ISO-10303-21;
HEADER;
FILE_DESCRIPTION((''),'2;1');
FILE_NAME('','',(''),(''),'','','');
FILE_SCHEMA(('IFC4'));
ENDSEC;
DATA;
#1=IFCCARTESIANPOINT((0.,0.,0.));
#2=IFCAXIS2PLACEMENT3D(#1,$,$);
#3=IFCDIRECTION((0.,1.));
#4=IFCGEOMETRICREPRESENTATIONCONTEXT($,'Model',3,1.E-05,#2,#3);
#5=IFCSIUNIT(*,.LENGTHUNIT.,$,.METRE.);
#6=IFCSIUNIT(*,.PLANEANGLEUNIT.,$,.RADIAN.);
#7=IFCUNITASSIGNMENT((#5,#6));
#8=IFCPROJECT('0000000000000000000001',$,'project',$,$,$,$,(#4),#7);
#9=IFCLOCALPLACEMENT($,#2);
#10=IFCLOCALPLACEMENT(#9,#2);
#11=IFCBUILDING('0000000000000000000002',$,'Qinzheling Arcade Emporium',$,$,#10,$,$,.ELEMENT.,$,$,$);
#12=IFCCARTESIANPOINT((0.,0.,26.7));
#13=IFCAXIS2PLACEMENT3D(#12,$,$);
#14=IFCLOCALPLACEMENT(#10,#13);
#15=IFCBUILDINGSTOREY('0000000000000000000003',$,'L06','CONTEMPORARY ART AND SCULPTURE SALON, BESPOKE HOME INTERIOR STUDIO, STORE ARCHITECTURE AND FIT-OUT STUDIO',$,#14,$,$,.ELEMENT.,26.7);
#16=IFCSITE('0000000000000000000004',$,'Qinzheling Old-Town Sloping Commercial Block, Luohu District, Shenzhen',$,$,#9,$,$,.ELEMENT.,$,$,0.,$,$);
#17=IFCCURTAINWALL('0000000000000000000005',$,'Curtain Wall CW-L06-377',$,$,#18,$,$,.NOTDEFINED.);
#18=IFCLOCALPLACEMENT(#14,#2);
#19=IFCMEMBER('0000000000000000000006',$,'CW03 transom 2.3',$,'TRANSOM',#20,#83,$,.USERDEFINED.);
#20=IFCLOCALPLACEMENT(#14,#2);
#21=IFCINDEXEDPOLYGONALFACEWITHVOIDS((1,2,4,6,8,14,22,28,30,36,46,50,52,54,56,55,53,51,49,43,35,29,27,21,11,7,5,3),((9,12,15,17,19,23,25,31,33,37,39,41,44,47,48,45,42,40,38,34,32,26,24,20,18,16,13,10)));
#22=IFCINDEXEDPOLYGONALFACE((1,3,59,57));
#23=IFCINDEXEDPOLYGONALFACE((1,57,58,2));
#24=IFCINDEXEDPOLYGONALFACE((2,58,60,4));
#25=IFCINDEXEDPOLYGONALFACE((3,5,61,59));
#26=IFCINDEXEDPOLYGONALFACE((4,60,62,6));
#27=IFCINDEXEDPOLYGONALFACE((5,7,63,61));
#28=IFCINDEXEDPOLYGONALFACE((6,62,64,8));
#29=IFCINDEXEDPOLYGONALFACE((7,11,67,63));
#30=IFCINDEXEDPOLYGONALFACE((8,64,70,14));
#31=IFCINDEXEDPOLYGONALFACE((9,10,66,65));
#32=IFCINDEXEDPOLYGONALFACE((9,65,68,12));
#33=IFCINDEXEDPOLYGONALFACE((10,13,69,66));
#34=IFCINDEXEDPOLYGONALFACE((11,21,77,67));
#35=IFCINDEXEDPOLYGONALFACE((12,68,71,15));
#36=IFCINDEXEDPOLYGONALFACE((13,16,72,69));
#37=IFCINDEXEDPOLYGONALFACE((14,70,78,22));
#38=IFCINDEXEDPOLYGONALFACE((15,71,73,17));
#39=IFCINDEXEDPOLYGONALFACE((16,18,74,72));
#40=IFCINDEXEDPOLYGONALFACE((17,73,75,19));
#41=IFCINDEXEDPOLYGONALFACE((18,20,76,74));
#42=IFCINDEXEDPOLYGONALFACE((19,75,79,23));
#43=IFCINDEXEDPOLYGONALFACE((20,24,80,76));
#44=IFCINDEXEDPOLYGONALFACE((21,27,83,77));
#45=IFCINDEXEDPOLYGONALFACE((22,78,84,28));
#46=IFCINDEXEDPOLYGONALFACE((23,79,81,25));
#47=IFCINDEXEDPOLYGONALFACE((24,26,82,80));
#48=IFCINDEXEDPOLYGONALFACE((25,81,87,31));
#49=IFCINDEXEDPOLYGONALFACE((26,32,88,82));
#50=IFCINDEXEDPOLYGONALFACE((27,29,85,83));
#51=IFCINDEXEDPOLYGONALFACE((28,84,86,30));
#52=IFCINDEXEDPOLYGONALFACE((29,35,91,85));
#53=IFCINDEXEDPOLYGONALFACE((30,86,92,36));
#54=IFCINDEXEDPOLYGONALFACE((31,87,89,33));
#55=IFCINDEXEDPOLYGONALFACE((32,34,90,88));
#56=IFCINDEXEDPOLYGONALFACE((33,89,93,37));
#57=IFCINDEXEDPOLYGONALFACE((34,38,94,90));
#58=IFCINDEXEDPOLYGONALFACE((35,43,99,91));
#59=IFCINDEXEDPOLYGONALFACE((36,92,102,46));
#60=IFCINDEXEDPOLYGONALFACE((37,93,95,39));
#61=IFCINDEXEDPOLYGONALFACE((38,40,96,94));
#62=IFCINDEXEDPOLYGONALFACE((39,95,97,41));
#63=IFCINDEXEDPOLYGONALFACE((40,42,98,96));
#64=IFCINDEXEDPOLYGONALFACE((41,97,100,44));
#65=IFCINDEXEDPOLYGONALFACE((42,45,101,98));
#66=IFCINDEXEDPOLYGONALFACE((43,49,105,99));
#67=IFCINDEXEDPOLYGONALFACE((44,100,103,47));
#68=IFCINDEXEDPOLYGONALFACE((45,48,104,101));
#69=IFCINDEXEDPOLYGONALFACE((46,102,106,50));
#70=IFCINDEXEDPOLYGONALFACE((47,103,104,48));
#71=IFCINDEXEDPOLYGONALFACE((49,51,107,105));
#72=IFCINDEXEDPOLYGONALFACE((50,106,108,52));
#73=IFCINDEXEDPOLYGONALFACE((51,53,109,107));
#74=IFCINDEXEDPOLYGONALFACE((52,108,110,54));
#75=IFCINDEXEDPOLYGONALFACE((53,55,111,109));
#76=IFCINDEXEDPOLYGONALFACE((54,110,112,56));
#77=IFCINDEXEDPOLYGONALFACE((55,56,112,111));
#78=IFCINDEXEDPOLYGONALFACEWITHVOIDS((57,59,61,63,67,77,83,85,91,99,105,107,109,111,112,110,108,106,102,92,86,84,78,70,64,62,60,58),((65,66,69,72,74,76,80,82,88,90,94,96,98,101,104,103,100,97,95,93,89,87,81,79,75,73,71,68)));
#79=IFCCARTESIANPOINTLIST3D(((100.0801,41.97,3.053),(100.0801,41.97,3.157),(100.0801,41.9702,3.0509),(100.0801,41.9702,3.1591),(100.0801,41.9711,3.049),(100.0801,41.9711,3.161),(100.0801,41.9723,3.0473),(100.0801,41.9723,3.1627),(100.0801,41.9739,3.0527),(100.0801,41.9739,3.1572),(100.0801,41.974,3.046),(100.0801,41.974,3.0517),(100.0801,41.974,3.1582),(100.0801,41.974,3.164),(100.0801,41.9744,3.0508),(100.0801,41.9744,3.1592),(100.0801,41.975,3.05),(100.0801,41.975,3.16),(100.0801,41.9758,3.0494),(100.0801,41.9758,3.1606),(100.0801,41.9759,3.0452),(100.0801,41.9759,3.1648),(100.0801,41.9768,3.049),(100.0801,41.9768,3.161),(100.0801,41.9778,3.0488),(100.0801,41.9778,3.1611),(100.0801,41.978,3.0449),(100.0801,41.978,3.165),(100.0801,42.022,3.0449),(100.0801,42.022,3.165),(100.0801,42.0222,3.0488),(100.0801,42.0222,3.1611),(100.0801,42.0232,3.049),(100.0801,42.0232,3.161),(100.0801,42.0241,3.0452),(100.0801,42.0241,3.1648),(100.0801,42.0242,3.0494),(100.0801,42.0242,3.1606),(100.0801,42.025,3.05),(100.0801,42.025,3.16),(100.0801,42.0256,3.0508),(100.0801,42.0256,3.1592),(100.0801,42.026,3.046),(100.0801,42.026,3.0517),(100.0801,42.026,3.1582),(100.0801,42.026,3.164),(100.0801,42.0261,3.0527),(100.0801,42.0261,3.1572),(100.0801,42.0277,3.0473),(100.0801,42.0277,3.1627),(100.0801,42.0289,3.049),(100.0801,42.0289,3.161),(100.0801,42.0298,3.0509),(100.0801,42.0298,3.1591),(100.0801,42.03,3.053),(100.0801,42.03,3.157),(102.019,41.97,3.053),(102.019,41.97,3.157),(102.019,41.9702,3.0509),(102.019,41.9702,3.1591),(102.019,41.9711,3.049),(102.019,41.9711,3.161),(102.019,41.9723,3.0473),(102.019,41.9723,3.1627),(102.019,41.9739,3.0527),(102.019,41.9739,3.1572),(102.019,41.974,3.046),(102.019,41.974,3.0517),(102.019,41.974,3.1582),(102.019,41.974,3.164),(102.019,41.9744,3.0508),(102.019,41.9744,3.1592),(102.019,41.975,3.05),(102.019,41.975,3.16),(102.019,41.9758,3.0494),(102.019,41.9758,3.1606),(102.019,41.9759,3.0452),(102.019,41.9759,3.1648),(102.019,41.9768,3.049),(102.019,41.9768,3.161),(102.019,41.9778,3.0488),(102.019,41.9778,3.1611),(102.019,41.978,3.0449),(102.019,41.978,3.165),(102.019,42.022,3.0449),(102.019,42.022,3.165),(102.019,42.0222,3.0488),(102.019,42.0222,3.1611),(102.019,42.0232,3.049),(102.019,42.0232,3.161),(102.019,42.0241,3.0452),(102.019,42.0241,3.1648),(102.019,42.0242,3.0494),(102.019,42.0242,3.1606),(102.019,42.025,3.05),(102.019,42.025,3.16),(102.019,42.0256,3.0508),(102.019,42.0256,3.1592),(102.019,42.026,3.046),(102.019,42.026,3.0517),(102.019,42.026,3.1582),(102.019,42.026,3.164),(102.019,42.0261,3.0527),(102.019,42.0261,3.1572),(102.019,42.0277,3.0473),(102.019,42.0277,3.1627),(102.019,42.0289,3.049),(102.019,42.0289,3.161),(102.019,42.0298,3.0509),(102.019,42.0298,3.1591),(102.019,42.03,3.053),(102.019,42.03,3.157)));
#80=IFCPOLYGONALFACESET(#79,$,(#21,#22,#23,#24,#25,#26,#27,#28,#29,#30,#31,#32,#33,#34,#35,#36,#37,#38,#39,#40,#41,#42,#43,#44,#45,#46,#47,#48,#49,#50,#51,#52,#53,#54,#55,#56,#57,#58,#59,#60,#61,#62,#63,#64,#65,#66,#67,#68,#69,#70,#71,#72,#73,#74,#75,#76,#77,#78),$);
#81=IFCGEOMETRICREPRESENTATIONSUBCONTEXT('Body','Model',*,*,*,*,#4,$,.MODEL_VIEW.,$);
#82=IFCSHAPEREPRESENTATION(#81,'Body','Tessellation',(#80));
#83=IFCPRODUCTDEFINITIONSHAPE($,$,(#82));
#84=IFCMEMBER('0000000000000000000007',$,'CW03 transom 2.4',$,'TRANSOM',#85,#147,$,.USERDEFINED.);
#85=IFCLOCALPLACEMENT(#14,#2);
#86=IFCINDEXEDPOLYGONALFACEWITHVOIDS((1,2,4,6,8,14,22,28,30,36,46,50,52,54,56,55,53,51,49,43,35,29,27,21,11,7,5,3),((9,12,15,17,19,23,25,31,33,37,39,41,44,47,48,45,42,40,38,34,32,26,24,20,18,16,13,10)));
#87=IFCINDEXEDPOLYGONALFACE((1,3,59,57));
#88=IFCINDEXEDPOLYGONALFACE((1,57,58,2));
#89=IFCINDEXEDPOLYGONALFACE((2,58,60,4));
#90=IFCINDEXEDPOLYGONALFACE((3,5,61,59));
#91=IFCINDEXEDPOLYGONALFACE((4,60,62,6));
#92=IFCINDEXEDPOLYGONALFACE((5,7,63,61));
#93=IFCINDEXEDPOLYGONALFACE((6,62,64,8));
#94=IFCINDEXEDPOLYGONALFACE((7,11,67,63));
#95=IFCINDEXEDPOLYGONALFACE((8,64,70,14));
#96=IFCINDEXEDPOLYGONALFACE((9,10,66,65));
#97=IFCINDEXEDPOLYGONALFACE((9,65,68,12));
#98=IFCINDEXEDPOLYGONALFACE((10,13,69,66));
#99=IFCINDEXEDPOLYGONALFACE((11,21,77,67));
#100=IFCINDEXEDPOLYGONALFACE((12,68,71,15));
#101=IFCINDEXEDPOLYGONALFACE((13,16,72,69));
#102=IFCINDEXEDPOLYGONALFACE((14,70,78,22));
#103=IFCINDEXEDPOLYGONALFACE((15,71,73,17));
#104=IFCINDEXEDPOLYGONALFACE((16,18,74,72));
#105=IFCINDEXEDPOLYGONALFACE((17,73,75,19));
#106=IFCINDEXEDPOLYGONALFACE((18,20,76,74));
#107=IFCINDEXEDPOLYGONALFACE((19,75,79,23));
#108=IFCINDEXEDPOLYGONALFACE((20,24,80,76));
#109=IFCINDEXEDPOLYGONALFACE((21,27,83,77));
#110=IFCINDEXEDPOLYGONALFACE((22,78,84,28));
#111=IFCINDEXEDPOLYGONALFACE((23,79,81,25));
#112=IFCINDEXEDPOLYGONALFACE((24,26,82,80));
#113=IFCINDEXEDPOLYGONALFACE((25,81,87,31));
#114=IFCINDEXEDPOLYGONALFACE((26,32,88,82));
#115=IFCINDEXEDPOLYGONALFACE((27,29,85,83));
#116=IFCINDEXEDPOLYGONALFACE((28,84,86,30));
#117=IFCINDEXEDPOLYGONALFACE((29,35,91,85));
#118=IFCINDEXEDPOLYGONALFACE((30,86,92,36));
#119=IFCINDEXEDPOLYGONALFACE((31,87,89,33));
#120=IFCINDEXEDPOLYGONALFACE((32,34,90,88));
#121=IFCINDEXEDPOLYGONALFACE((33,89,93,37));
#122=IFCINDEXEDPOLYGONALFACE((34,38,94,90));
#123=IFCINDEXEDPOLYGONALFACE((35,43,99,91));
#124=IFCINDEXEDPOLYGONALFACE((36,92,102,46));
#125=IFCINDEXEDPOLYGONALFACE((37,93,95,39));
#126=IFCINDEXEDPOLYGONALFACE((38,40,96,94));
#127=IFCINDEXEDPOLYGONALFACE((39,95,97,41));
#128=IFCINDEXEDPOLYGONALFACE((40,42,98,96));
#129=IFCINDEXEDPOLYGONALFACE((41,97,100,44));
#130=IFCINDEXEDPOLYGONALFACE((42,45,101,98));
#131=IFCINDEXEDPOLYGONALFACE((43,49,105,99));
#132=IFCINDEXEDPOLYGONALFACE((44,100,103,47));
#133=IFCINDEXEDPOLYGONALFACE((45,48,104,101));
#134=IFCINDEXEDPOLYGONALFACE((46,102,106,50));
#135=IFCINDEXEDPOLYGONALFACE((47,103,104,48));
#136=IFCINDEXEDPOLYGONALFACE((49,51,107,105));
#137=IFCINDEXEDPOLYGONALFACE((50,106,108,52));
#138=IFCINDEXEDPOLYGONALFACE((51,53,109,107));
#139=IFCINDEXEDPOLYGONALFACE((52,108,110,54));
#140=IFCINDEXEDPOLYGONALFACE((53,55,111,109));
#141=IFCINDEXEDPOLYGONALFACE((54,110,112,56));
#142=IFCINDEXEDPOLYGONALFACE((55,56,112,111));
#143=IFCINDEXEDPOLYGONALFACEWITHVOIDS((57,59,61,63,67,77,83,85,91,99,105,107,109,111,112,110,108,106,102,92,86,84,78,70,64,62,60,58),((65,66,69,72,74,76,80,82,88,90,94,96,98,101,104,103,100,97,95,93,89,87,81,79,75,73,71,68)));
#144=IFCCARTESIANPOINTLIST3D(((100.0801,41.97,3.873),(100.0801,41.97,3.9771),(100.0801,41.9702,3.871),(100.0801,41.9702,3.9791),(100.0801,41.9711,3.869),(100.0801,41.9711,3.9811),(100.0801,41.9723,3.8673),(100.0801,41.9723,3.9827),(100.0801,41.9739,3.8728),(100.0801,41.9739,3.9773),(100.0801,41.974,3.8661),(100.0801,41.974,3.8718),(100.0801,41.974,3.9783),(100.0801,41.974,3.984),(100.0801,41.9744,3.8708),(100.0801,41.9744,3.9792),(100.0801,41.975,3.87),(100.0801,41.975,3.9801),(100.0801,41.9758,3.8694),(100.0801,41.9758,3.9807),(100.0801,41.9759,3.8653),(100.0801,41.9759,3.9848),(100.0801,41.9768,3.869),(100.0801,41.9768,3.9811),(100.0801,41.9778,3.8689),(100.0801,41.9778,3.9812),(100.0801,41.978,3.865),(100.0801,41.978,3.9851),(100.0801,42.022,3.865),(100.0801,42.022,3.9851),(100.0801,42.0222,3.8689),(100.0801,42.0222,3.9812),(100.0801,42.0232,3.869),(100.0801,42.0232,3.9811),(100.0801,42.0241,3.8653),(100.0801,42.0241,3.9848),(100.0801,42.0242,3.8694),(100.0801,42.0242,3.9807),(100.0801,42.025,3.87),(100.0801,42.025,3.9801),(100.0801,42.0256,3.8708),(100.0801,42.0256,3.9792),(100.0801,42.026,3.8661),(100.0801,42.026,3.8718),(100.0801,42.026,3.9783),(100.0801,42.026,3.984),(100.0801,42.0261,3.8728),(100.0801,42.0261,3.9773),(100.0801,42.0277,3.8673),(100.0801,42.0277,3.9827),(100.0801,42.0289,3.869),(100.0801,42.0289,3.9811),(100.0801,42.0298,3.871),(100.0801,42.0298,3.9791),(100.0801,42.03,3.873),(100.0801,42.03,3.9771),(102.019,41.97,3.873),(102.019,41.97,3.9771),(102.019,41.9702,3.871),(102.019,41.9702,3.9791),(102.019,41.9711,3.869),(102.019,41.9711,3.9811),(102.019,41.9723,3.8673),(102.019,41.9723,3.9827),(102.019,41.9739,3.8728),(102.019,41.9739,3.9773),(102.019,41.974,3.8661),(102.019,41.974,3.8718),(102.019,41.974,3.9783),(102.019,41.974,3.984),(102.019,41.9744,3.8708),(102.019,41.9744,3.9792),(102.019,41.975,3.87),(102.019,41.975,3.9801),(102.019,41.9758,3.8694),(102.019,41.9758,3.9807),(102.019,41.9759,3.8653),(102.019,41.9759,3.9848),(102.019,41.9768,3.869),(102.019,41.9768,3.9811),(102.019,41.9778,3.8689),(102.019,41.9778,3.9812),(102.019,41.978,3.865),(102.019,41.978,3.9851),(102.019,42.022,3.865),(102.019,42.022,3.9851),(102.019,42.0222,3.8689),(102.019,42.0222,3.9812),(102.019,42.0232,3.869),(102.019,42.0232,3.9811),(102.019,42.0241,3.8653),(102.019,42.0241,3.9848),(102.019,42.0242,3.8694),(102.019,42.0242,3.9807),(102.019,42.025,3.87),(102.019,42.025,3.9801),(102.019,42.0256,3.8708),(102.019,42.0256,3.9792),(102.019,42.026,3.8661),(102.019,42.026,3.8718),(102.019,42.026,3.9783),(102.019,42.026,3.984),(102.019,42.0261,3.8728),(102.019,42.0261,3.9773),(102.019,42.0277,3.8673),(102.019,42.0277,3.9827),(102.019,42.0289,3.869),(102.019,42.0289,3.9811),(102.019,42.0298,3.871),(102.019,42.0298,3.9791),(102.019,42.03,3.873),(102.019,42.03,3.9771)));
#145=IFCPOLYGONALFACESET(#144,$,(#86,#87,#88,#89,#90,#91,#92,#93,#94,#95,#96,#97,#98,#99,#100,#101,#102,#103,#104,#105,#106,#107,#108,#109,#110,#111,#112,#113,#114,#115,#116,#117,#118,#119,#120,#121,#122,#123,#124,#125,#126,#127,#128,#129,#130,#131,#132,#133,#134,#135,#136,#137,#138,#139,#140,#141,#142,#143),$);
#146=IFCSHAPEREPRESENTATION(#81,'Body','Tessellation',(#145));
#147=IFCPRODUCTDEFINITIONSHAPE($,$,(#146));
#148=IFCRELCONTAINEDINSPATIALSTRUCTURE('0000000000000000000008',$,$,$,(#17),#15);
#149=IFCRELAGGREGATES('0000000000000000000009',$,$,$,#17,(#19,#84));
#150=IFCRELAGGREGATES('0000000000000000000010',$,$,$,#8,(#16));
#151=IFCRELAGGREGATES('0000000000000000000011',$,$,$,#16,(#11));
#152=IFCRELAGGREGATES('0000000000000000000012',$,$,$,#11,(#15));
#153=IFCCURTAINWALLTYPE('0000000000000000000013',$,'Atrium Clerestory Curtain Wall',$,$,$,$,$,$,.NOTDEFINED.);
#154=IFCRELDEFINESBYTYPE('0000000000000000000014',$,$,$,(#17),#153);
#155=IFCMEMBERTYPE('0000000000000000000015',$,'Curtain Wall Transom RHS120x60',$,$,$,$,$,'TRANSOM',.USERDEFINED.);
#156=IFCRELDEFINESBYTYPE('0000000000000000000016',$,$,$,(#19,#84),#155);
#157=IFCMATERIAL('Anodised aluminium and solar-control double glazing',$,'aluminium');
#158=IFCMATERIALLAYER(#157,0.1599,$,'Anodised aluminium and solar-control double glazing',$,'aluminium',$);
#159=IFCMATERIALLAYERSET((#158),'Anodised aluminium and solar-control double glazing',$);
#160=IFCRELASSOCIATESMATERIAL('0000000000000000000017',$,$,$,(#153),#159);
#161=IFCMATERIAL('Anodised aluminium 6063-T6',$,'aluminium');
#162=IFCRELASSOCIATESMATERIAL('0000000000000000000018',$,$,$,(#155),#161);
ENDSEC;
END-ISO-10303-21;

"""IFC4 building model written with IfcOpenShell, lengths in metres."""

from ifc_helpers import new_model, si_unit, direction, frame, origin, origin_2d, place, context, subcontext, project, spatial, hollow_rectangle, extrude, material, layer, layer_set, material_profile, profile_set, type_object, element, aggregate, save


model = new_model("IFC4")

# Units and contexts
model_context = context("Model", 3, precision=1e-05, world=origin(), true_north=direction((0.0, 1.0)))
body_context = subcontext(model_context, "Body", "Model", "MODEL_VIEW")
ifc_project = project(units=[si_unit("LENGTHUNIT", "METRE"), si_unit("PLANEANGLEUNIT", "RADIAN")], contexts=[model_context])

# Site, building, storey
site_placement = place(None, origin())
site = spatial("IfcSite", under=ifc_project, at=site_placement, Name="Qinzheling Old-Town Sloping Commercial Block, Luohu District, Shenzhen", CompositionType="ELEMENT", RefElevation=0.0)
building_placement = place(site_placement, origin())
building = spatial("IfcBuilding", under=site, at=building_placement, Name="Qinzheling Arcade Emporium", CompositionType="ELEMENT")
storey_placement = place(building_placement, frame((0.0, 0.0, 26.7)))
storey = spatial("IfcBuildingStorey", under=building, at=storey_placement, Name="L06", Description="CONTEMPORARY ART AND SCULPTURE SALON, BESPOKE HOME INTERIOR STUDIO, STORE ARCHITECTURE AND FIT-OUT STUDIO", CompositionType="ELEMENT", Elevation=26.7)

# Curtain wall, members
ifc_material_1 = material(Name="Anodised aluminium and solar-control double glazing", Category="aluminium")
ifc_layer_1 = layer(ifc_material_1, 0.1599, Name="Anodised aluminium and solar-control double glazing", Category="aluminium")
ifc_layer_set_1 = layer_set([ifc_layer_1], Name="Anodised aluminium and solar-control double glazing")
curtain_wall_type = type_object("IfcCurtainWallType", Name="Atrium Clerestory Curtain Wall", PredefinedType="NOTDEFINED", material=ifc_layer_set_1)
curtain_wall_placement = place(storey_placement, origin())
curtain_wall = element("IfcCurtainWall", 1, at=curtain_wall_placement, inside=storey, type_object=curtain_wall_type, Name="Curtain Wall CW-L06-377", PredefinedType="NOTDEFINED")
ifc_material_2 = material(Name="Anodised aluminium 6063-T6", Category="aluminium")
ifc_material_profile_1 = material_profile(ifc_material_2, hollow_rectangle(XDim=0.0601, YDim=0.1201, WallThickness=0.0039, InnerFilletRadius=0.0039, OuterFilletRadius=0.0081, at=origin_2d()), Name="RHS 120x60x4", Category="aluminium")
ifc_profile_set_1 = profile_set([ifc_material_profile_1], Name="Anodised aluminium 6063-T6")
member_type_1 = type_object("IfcMemberType", Name="Curtain Wall Transom RHS120x60", ElementType="TRANSOM", PredefinedType="USERDEFINED", material=ifc_profile_set_1)
member_1_placement = place(storey_placement, frame((102.019, 42.0, 3.105), z_axis=(-1.0, 0.0, 0.0), x_axis=(0.0, -1.0, 0.0)))
member_1 = element("IfcMember", 2, at=member_1_placement, type_object=member_type_1, Name="CW03 transom 2.3", ObjectType="TRANSOM", PredefinedType="USERDEFINED", context=body_context, shape_type="SweptSolid", body=[
    extrude(hollow_rectangle(XDim=0.0601, YDim=0.1201, WallThickness=0.0039, InnerFilletRadius=0.0039, OuterFilletRadius=0.0081, at=origin_2d()), origin(), (0.0, 0.0, 1.0), 1.939),
])
member_2_placement = place(storey_placement, frame((102.019, 42.0, 3.925), z_axis=(-1.0, 0.0, 0.0), x_axis=(0.0, -1.0, 0.0)))
member_2 = element("IfcMember", 3, at=member_2_placement, type_object=member_type_1, Name="CW03 transom 2.4", ObjectType="TRANSOM", PredefinedType="USERDEFINED", context=body_context, shape_type="SweptSolid", body=[
    extrude(hollow_rectangle(XDim=0.0601, YDim=0.1201, WallThickness=0.0039, InnerFilletRadius=0.0039, OuterFilletRadius=0.0081, at=origin_2d()), origin(), (0.0, 0.0, 1.0), 1.939),
])
aggregate(curtain_wall, [member_1, member_2])

save(model, "model.ifc")
